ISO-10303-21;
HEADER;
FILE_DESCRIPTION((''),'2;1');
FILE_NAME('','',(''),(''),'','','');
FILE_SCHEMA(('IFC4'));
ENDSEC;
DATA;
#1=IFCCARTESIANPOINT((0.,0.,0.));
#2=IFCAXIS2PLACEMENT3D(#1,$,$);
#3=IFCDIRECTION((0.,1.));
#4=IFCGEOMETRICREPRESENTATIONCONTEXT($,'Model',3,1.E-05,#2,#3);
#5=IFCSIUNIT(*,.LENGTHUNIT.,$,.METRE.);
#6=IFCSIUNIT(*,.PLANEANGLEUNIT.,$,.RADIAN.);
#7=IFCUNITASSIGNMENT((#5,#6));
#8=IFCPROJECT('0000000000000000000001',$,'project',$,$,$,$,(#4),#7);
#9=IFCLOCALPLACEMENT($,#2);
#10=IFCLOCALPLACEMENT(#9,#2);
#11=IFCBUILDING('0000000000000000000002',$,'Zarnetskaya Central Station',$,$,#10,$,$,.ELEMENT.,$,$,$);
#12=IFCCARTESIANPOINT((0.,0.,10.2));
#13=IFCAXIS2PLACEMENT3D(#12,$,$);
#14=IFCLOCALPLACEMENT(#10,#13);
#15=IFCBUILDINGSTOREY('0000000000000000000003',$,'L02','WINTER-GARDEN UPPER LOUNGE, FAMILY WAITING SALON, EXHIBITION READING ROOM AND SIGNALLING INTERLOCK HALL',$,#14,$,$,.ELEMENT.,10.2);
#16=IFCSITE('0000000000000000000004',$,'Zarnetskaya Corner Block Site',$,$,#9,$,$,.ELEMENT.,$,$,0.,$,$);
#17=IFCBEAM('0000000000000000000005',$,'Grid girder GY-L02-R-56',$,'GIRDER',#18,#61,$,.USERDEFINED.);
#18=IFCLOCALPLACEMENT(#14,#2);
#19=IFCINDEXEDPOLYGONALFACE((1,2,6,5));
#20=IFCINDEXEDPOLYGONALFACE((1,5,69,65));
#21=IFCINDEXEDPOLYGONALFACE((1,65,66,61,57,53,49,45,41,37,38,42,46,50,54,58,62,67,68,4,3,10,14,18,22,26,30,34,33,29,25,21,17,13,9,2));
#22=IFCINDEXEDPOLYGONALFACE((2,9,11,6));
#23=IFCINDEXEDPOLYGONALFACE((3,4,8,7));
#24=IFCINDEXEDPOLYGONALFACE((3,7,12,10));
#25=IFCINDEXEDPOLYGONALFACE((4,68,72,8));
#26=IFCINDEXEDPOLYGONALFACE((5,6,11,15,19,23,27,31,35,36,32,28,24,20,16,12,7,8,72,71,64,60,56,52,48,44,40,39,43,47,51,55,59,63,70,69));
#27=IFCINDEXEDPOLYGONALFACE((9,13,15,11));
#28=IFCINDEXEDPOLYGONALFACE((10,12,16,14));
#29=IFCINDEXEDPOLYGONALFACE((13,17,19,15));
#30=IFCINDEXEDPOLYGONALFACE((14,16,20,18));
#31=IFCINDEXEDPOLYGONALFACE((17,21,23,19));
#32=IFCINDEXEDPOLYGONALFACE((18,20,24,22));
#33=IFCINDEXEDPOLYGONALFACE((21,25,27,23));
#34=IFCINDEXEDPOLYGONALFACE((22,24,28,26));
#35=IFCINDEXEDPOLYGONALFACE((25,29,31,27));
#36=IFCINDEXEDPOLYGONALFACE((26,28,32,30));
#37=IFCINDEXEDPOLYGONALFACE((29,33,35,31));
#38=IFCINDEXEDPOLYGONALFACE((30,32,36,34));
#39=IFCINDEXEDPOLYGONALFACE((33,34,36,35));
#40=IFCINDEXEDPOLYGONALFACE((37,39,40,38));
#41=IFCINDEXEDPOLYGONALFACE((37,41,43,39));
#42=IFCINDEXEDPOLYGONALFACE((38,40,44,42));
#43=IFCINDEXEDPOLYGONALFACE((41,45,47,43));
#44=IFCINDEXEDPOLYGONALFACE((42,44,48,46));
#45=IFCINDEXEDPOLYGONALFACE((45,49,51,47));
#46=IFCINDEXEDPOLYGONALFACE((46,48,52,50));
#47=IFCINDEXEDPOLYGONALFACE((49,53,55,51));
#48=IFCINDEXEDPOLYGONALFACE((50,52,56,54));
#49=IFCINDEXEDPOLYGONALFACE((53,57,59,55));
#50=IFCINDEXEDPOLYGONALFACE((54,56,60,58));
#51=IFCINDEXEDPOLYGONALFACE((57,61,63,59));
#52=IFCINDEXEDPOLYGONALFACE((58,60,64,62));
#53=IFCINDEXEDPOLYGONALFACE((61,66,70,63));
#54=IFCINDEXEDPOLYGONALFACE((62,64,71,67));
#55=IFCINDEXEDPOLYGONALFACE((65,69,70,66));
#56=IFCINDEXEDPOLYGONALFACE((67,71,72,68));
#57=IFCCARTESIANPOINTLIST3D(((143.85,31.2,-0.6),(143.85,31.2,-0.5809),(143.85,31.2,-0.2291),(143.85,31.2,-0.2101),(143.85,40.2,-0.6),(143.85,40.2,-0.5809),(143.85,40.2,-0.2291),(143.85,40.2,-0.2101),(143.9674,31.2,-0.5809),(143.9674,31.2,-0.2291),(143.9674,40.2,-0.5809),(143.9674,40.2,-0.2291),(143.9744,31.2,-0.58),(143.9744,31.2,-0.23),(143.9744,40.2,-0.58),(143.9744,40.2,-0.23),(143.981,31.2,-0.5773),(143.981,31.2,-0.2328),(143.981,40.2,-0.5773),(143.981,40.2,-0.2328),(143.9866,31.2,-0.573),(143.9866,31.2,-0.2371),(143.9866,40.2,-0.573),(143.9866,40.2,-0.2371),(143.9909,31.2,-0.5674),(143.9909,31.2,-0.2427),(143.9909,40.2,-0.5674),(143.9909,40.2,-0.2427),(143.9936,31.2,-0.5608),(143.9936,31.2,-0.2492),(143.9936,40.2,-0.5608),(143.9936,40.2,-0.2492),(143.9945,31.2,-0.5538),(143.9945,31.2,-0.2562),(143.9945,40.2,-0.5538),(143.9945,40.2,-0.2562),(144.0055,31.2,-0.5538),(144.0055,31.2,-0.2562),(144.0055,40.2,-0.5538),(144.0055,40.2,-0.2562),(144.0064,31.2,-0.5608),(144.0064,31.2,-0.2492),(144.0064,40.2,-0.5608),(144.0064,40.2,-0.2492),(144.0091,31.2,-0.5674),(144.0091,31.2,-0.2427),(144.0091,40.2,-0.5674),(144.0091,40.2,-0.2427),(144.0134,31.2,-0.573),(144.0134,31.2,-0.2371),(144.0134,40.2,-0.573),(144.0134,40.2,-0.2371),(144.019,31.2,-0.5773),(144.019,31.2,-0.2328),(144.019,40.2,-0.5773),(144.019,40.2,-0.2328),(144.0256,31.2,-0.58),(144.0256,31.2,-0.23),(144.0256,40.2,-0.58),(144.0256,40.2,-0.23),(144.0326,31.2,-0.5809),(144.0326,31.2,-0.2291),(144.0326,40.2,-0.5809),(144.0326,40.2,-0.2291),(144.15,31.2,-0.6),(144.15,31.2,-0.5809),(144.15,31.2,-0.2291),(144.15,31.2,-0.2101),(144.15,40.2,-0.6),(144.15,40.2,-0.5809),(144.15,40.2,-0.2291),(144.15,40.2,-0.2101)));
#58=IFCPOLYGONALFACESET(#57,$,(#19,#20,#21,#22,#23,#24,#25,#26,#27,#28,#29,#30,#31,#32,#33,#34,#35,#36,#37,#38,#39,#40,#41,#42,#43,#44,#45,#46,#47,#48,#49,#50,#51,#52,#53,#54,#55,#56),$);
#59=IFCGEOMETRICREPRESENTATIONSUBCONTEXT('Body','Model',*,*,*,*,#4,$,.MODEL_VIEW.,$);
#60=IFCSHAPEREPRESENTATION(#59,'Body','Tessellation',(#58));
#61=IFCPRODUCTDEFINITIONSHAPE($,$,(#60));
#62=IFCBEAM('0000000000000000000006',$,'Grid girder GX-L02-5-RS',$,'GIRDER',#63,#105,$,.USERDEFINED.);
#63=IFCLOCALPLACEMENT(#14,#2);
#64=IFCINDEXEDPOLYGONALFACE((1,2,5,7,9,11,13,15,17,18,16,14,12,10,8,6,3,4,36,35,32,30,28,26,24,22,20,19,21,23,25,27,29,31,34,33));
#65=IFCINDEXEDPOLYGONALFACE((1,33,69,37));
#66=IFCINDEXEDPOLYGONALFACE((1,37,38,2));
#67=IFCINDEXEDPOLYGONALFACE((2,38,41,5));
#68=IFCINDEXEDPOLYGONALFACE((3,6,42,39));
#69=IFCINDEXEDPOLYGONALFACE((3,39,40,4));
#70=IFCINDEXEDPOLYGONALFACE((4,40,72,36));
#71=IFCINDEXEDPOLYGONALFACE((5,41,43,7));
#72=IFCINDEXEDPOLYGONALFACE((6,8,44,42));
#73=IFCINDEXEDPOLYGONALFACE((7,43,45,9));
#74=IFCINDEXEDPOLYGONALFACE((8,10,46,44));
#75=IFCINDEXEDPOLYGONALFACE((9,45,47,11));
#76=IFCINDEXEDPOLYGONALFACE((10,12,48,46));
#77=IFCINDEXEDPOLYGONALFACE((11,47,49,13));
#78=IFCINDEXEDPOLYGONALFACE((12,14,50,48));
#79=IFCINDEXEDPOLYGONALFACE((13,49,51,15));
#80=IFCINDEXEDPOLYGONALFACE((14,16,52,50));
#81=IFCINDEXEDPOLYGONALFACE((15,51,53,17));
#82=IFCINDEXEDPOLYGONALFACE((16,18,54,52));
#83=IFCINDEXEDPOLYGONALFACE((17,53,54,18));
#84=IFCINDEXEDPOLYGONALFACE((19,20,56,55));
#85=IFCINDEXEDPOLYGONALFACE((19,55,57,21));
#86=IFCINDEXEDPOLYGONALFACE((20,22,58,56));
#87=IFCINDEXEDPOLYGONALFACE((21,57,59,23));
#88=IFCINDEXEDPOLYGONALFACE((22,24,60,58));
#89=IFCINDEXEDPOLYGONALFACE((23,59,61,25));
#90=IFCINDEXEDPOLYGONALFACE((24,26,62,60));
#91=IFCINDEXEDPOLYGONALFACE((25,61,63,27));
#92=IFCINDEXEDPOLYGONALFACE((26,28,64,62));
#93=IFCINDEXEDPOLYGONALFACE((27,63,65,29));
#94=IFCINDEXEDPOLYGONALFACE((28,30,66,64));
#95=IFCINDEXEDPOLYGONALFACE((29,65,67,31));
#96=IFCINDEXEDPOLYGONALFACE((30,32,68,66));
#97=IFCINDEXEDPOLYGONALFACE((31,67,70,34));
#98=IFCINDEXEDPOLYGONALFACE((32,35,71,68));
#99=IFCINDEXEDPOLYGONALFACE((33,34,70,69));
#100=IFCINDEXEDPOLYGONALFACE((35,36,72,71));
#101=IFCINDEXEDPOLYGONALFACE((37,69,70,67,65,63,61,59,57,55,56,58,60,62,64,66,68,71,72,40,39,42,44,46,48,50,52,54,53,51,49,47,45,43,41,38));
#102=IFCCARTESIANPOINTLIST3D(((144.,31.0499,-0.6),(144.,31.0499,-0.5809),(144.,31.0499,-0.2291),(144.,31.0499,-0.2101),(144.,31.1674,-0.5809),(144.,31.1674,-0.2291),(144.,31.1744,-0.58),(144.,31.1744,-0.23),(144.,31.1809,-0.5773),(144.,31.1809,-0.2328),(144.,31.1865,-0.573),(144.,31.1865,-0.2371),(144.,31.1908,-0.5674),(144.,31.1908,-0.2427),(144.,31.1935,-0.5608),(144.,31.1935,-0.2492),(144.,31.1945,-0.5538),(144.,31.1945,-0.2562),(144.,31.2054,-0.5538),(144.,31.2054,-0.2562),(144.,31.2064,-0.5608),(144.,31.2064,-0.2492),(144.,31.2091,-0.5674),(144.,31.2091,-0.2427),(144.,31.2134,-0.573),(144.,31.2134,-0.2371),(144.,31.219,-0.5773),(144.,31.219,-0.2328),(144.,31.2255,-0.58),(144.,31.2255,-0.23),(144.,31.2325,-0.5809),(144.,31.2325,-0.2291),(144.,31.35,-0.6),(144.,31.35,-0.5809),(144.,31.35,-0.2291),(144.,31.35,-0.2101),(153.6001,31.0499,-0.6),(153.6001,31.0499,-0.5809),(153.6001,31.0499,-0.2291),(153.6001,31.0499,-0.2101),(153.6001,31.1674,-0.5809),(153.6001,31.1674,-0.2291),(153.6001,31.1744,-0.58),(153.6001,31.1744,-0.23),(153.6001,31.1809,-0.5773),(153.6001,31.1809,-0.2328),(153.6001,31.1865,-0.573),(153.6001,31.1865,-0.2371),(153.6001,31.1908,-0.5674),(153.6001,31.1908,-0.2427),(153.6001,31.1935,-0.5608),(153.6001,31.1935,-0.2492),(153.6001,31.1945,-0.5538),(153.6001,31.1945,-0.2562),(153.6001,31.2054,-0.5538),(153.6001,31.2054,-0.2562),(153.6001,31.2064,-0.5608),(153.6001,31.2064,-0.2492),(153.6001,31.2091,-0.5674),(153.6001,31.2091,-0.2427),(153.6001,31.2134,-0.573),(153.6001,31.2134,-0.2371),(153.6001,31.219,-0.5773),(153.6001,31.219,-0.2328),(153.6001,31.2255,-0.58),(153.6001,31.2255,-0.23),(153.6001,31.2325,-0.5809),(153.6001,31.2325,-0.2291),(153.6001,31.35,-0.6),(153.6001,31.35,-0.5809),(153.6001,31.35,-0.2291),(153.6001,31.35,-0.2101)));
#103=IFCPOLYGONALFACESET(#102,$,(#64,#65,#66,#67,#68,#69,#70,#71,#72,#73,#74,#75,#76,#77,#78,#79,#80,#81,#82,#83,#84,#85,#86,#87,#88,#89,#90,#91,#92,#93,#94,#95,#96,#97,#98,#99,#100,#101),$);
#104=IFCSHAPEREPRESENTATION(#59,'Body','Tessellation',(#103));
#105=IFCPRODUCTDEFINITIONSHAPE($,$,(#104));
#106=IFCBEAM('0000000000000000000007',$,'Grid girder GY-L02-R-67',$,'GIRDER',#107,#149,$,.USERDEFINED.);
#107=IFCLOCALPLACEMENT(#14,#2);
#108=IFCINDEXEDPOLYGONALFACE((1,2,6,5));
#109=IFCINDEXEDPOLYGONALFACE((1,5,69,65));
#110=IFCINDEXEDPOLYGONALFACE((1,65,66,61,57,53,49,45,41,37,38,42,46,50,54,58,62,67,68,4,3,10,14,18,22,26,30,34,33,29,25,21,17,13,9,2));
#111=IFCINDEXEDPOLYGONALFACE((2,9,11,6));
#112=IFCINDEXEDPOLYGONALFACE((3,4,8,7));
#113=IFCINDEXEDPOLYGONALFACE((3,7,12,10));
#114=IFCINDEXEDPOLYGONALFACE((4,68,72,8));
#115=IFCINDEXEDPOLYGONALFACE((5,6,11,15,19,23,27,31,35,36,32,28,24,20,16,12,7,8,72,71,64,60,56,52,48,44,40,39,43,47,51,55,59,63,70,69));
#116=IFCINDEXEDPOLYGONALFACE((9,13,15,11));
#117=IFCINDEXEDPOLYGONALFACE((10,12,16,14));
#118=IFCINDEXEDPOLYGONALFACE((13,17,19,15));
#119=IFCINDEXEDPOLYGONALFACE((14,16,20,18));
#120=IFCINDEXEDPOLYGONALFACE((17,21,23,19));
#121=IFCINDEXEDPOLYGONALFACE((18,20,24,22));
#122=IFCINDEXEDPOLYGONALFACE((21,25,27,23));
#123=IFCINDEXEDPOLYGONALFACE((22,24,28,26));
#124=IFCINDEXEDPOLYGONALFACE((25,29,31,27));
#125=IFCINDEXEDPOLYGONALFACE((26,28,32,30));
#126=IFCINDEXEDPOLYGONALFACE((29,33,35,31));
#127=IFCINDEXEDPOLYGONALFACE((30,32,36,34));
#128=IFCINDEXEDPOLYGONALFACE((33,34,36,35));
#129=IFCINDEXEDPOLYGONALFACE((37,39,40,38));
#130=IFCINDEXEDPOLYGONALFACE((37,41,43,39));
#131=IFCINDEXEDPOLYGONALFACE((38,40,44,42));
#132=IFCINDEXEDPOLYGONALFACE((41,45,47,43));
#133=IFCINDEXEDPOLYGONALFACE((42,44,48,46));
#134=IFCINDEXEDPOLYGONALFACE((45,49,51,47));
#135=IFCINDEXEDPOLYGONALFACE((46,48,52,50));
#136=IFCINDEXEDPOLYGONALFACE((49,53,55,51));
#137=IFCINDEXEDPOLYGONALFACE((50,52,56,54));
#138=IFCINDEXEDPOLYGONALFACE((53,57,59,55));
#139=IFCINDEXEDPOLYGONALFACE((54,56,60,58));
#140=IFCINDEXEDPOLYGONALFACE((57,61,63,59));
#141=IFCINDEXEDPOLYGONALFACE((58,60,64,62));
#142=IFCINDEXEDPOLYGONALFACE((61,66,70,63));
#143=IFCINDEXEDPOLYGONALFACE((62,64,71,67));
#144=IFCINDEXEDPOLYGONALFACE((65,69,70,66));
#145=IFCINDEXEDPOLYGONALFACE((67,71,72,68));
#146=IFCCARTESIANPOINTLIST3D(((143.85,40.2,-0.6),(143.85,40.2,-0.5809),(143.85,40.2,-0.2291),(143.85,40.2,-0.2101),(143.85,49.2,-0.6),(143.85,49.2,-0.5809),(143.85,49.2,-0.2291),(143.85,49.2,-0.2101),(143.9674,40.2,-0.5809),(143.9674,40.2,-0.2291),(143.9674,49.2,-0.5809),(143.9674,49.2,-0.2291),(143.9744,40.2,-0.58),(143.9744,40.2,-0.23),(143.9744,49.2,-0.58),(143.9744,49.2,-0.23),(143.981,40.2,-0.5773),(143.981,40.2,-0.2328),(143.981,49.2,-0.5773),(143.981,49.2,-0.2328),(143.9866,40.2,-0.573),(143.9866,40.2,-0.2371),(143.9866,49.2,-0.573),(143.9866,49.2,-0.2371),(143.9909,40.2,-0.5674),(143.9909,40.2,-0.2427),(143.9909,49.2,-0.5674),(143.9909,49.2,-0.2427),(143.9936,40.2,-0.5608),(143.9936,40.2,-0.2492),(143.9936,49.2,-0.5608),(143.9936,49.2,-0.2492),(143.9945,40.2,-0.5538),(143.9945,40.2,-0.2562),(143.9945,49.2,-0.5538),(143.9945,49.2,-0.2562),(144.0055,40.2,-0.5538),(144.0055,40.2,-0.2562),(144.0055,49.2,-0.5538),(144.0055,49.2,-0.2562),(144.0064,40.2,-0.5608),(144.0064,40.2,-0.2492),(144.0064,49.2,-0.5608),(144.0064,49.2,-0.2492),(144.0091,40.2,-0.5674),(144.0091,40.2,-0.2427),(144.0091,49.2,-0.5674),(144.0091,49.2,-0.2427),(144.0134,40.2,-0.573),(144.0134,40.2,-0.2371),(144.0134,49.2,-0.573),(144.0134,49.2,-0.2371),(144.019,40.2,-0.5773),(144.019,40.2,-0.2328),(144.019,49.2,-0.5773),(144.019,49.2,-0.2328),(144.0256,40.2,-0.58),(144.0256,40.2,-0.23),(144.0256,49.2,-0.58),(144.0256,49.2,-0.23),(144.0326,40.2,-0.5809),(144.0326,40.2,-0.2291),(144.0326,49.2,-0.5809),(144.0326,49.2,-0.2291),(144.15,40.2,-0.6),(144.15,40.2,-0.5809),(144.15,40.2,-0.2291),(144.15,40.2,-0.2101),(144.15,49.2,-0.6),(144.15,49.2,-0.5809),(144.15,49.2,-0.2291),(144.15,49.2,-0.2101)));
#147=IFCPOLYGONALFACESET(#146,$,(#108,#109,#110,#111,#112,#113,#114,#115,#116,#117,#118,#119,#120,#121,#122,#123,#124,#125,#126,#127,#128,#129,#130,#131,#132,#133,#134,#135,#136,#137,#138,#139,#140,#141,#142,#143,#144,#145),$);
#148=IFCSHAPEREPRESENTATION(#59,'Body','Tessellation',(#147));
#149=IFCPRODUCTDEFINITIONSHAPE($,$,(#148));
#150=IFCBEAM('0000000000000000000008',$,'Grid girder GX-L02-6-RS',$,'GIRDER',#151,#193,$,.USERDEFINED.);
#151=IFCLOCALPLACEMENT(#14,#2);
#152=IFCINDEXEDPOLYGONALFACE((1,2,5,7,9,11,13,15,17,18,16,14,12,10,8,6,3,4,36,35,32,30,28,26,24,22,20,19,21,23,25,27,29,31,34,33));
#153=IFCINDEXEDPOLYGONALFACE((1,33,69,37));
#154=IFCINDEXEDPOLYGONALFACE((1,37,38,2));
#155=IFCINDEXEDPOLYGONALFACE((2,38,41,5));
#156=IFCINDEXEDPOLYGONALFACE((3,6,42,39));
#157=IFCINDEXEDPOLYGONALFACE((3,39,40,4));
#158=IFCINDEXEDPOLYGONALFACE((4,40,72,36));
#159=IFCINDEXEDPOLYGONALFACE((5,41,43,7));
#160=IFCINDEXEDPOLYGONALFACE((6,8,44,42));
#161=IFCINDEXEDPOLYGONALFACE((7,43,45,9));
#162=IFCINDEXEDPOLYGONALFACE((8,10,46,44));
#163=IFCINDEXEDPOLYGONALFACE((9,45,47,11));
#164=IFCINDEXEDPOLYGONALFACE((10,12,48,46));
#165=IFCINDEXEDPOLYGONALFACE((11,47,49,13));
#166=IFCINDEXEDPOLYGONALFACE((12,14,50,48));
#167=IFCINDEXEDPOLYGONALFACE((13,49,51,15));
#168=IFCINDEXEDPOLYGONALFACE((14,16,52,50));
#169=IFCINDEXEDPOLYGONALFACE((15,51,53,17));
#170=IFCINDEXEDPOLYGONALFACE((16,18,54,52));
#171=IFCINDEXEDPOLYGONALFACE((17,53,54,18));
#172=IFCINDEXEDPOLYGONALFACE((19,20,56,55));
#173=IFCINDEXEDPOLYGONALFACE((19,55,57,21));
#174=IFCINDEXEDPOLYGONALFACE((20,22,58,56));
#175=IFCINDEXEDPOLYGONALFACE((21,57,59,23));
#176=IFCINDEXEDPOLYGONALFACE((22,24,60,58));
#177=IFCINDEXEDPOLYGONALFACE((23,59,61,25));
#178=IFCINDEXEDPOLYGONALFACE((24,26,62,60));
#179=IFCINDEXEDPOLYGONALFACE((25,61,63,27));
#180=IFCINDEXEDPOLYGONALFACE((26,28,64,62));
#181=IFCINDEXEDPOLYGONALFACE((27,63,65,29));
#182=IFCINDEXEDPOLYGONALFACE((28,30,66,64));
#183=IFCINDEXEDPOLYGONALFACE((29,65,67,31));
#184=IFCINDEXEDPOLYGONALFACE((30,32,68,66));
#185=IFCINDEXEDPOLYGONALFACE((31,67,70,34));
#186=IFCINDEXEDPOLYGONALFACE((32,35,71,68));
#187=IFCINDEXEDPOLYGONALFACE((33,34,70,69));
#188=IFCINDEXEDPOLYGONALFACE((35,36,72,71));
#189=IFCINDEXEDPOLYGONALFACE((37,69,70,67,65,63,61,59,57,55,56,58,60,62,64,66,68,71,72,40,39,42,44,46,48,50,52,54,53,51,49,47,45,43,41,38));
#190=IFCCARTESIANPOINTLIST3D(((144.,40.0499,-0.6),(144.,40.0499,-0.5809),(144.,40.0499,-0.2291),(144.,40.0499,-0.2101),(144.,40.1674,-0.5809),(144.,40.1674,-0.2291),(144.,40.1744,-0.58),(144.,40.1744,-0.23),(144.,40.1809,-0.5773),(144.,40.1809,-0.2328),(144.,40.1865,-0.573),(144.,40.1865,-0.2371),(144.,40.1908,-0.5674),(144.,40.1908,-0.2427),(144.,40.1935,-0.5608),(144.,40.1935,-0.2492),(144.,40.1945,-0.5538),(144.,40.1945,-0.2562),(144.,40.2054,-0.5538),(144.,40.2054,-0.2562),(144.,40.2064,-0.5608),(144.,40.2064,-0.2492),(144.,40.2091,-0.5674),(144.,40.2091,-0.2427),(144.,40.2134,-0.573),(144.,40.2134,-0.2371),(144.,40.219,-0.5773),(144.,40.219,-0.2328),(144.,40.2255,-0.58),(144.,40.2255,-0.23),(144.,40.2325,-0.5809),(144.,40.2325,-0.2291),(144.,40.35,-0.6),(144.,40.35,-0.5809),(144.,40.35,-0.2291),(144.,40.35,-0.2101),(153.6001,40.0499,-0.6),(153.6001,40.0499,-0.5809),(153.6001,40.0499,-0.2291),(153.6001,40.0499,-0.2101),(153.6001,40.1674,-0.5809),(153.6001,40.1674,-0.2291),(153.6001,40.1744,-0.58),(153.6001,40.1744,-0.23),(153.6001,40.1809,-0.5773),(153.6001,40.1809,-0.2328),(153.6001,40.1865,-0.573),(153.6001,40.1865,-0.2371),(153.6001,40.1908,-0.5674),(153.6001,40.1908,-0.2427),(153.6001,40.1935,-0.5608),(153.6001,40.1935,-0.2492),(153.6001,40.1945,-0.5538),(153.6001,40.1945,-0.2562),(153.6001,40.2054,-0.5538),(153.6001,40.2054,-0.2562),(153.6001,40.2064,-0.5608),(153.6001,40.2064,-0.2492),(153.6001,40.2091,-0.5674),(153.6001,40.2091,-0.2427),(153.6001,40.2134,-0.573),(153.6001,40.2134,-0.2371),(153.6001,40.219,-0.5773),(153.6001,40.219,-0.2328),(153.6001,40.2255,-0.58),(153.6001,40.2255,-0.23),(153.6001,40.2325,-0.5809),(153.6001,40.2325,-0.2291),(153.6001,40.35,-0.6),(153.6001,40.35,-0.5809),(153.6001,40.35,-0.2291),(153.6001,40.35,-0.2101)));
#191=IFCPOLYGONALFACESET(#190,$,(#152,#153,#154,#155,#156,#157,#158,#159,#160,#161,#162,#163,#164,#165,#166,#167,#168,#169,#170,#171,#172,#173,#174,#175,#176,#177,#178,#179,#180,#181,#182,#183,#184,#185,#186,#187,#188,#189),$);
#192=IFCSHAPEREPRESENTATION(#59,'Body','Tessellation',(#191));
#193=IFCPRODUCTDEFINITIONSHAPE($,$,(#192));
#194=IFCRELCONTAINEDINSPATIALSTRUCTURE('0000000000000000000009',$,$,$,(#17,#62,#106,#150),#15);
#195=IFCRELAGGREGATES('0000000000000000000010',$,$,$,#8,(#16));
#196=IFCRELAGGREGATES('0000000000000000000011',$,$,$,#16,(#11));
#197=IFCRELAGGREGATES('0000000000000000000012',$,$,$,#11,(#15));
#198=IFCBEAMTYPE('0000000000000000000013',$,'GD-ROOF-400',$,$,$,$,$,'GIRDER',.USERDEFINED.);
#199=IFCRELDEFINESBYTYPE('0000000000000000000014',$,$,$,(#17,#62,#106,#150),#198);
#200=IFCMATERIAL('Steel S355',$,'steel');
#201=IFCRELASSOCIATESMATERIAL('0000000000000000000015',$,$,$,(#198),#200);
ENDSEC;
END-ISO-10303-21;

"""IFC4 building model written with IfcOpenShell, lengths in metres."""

from ifc_helpers import new_model, si_unit, direction, frame, origin, origin_2d, place, context, subcontext, project, spatial, i_section, extrude, material, material_profile, profile_set, type_object, element, save


model = new_model("IFC4")

# Units and contexts
model_context = context("Model", 3, precision=1e-05, world=origin(), true_north=direction((0.0, 1.0)))
body_context = subcontext(model_context, "Body", "Model", "MODEL_VIEW")
ifc_project = project(units=[si_unit("LENGTHUNIT", "METRE"), si_unit("PLANEANGLEUNIT", "RADIAN")], contexts=[model_context])

# Site, building, storey
site_placement = place(None, origin())
site = spatial("IfcSite", under=ifc_project, at=site_placement, Name="Zarnetskaya Corner Block Site", CompositionType="ELEMENT", RefElevation=0.0)
building_placement = place(site_placement, origin())
building = spatial("IfcBuilding", under=site, at=building_placement, Name="Zarnetskaya Central Station", CompositionType="ELEMENT")
storey_placement = place(building_placement, frame((0.0, 0.0, 10.2)))
storey = spatial("IfcBuildingStorey", under=building, at=storey_placement, Name="L02", Description="WINTER-GARDEN UPPER LOUNGE, FAMILY WAITING SALON, EXHIBITION READING ROOM AND SIGNALLING INTERLOCK HALL", CompositionType="ELEMENT", Elevation=10.2)

# Shared definitions
ifc_material_1 = material(Name="Steel S355", Category="steel")

# Beams
ifc_material_profile_1 = material_profile(ifc_material_1, i_section(OverallWidth=0.3, OverallDepth=0.3899, WebThickness=0.011, FlangeThickness=0.019, FilletRadius=0.0271, at=origin_2d()), Name="HEA 400")
ifc_profile_set_1 = profile_set([ifc_material_profile_1], Name="Steel S355")
beam_type_1 = type_object("IfcBeamType", Name="GD-ROOF-400", ElementType="GIRDER", PredefinedType="USERDEFINED", material=ifc_profile_set_1)
beam_1_placement = place(storey_placement, frame((144.0, 31.2, -0.405), z_axis=(0.0, 1.0, 0.0), x_axis=(-1.0, 0.0, 0.0)))
element("IfcBeam", 1, at=beam_1_placement, inside=storey, type_object=beam_type_1, Name="Grid girder GY-L02-R-56", ObjectType="GIRDER", PredefinedType="USERDEFINED", context=body_context, shape_type="SweptSolid", body=[
    extrude(i_section(OverallWidth=0.3, OverallDepth=0.3899, WebThickness=0.011, FlangeThickness=0.019, FilletRadius=0.0271, at=origin_2d()), origin(), (0.0, 0.0, 1.0), 9.0),
])
beam_2_placement = place(storey_placement, frame((144.0, 31.2, -0.405), z_axis=(1.0, 0.0, 0.0), x_axis=(0.0, 1.0, 0.0)))
element("IfcBeam", 2, at=beam_2_placement, inside=storey, type_object=beam_type_1, Name="Grid girder GX-L02-5-RS", ObjectType="GIRDER", PredefinedType="USERDEFINED", context=body_context, shape_type="SweptSolid", body=[
    extrude(i_section(OverallWidth=0.3, OverallDepth=0.3899, WebThickness=0.011, FlangeThickness=0.019, FilletRadius=0.0271, at=origin_2d()), origin(), (0.0, 0.0, 1.0), 9.6001),
])
beam_3_placement = place(storey_placement, frame((144.0, 40.2, -0.405), z_axis=(0.0, 1.0, 0.0), x_axis=(-1.0, 0.0, 0.0)))
element("IfcBeam", 3, at=beam_3_placement, inside=storey, type_object=beam_type_1, Name="Grid girder GY-L02-R-67", ObjectType="GIRDER", PredefinedType="USERDEFINED", context=body_context, shape_type="SweptSolid", body=[
    extrude(i_section(OverallWidth=0.3, OverallDepth=0.3899, WebThickness=0.011, FlangeThickness=0.019, FilletRadius=0.0271, at=origin_2d()), origin(), (0.0, 0.0, 1.0), 9.0),
])
beam_4_placement = place(storey_placement, frame((144.0, 40.2, -0.405), z_axis=(1.0, 0.0, 0.0), x_axis=(0.0, 1.0, 0.0)))
element("IfcBeam", 4, at=beam_4_placement, inside=storey, type_object=beam_type_1, Name="Grid girder GX-L02-6-RS", ObjectType="GIRDER", PredefinedType="USERDEFINED", context=body_context, shape_type="SweptSolid", body=[
    extrude(i_section(OverallWidth=0.3, OverallDepth=0.3899, WebThickness=0.011, FlangeThickness=0.019, FilletRadius=0.0271, at=origin_2d()), origin(), (0.0, 0.0, 1.0), 9.6001),
])

save(model, "model.ifc")
